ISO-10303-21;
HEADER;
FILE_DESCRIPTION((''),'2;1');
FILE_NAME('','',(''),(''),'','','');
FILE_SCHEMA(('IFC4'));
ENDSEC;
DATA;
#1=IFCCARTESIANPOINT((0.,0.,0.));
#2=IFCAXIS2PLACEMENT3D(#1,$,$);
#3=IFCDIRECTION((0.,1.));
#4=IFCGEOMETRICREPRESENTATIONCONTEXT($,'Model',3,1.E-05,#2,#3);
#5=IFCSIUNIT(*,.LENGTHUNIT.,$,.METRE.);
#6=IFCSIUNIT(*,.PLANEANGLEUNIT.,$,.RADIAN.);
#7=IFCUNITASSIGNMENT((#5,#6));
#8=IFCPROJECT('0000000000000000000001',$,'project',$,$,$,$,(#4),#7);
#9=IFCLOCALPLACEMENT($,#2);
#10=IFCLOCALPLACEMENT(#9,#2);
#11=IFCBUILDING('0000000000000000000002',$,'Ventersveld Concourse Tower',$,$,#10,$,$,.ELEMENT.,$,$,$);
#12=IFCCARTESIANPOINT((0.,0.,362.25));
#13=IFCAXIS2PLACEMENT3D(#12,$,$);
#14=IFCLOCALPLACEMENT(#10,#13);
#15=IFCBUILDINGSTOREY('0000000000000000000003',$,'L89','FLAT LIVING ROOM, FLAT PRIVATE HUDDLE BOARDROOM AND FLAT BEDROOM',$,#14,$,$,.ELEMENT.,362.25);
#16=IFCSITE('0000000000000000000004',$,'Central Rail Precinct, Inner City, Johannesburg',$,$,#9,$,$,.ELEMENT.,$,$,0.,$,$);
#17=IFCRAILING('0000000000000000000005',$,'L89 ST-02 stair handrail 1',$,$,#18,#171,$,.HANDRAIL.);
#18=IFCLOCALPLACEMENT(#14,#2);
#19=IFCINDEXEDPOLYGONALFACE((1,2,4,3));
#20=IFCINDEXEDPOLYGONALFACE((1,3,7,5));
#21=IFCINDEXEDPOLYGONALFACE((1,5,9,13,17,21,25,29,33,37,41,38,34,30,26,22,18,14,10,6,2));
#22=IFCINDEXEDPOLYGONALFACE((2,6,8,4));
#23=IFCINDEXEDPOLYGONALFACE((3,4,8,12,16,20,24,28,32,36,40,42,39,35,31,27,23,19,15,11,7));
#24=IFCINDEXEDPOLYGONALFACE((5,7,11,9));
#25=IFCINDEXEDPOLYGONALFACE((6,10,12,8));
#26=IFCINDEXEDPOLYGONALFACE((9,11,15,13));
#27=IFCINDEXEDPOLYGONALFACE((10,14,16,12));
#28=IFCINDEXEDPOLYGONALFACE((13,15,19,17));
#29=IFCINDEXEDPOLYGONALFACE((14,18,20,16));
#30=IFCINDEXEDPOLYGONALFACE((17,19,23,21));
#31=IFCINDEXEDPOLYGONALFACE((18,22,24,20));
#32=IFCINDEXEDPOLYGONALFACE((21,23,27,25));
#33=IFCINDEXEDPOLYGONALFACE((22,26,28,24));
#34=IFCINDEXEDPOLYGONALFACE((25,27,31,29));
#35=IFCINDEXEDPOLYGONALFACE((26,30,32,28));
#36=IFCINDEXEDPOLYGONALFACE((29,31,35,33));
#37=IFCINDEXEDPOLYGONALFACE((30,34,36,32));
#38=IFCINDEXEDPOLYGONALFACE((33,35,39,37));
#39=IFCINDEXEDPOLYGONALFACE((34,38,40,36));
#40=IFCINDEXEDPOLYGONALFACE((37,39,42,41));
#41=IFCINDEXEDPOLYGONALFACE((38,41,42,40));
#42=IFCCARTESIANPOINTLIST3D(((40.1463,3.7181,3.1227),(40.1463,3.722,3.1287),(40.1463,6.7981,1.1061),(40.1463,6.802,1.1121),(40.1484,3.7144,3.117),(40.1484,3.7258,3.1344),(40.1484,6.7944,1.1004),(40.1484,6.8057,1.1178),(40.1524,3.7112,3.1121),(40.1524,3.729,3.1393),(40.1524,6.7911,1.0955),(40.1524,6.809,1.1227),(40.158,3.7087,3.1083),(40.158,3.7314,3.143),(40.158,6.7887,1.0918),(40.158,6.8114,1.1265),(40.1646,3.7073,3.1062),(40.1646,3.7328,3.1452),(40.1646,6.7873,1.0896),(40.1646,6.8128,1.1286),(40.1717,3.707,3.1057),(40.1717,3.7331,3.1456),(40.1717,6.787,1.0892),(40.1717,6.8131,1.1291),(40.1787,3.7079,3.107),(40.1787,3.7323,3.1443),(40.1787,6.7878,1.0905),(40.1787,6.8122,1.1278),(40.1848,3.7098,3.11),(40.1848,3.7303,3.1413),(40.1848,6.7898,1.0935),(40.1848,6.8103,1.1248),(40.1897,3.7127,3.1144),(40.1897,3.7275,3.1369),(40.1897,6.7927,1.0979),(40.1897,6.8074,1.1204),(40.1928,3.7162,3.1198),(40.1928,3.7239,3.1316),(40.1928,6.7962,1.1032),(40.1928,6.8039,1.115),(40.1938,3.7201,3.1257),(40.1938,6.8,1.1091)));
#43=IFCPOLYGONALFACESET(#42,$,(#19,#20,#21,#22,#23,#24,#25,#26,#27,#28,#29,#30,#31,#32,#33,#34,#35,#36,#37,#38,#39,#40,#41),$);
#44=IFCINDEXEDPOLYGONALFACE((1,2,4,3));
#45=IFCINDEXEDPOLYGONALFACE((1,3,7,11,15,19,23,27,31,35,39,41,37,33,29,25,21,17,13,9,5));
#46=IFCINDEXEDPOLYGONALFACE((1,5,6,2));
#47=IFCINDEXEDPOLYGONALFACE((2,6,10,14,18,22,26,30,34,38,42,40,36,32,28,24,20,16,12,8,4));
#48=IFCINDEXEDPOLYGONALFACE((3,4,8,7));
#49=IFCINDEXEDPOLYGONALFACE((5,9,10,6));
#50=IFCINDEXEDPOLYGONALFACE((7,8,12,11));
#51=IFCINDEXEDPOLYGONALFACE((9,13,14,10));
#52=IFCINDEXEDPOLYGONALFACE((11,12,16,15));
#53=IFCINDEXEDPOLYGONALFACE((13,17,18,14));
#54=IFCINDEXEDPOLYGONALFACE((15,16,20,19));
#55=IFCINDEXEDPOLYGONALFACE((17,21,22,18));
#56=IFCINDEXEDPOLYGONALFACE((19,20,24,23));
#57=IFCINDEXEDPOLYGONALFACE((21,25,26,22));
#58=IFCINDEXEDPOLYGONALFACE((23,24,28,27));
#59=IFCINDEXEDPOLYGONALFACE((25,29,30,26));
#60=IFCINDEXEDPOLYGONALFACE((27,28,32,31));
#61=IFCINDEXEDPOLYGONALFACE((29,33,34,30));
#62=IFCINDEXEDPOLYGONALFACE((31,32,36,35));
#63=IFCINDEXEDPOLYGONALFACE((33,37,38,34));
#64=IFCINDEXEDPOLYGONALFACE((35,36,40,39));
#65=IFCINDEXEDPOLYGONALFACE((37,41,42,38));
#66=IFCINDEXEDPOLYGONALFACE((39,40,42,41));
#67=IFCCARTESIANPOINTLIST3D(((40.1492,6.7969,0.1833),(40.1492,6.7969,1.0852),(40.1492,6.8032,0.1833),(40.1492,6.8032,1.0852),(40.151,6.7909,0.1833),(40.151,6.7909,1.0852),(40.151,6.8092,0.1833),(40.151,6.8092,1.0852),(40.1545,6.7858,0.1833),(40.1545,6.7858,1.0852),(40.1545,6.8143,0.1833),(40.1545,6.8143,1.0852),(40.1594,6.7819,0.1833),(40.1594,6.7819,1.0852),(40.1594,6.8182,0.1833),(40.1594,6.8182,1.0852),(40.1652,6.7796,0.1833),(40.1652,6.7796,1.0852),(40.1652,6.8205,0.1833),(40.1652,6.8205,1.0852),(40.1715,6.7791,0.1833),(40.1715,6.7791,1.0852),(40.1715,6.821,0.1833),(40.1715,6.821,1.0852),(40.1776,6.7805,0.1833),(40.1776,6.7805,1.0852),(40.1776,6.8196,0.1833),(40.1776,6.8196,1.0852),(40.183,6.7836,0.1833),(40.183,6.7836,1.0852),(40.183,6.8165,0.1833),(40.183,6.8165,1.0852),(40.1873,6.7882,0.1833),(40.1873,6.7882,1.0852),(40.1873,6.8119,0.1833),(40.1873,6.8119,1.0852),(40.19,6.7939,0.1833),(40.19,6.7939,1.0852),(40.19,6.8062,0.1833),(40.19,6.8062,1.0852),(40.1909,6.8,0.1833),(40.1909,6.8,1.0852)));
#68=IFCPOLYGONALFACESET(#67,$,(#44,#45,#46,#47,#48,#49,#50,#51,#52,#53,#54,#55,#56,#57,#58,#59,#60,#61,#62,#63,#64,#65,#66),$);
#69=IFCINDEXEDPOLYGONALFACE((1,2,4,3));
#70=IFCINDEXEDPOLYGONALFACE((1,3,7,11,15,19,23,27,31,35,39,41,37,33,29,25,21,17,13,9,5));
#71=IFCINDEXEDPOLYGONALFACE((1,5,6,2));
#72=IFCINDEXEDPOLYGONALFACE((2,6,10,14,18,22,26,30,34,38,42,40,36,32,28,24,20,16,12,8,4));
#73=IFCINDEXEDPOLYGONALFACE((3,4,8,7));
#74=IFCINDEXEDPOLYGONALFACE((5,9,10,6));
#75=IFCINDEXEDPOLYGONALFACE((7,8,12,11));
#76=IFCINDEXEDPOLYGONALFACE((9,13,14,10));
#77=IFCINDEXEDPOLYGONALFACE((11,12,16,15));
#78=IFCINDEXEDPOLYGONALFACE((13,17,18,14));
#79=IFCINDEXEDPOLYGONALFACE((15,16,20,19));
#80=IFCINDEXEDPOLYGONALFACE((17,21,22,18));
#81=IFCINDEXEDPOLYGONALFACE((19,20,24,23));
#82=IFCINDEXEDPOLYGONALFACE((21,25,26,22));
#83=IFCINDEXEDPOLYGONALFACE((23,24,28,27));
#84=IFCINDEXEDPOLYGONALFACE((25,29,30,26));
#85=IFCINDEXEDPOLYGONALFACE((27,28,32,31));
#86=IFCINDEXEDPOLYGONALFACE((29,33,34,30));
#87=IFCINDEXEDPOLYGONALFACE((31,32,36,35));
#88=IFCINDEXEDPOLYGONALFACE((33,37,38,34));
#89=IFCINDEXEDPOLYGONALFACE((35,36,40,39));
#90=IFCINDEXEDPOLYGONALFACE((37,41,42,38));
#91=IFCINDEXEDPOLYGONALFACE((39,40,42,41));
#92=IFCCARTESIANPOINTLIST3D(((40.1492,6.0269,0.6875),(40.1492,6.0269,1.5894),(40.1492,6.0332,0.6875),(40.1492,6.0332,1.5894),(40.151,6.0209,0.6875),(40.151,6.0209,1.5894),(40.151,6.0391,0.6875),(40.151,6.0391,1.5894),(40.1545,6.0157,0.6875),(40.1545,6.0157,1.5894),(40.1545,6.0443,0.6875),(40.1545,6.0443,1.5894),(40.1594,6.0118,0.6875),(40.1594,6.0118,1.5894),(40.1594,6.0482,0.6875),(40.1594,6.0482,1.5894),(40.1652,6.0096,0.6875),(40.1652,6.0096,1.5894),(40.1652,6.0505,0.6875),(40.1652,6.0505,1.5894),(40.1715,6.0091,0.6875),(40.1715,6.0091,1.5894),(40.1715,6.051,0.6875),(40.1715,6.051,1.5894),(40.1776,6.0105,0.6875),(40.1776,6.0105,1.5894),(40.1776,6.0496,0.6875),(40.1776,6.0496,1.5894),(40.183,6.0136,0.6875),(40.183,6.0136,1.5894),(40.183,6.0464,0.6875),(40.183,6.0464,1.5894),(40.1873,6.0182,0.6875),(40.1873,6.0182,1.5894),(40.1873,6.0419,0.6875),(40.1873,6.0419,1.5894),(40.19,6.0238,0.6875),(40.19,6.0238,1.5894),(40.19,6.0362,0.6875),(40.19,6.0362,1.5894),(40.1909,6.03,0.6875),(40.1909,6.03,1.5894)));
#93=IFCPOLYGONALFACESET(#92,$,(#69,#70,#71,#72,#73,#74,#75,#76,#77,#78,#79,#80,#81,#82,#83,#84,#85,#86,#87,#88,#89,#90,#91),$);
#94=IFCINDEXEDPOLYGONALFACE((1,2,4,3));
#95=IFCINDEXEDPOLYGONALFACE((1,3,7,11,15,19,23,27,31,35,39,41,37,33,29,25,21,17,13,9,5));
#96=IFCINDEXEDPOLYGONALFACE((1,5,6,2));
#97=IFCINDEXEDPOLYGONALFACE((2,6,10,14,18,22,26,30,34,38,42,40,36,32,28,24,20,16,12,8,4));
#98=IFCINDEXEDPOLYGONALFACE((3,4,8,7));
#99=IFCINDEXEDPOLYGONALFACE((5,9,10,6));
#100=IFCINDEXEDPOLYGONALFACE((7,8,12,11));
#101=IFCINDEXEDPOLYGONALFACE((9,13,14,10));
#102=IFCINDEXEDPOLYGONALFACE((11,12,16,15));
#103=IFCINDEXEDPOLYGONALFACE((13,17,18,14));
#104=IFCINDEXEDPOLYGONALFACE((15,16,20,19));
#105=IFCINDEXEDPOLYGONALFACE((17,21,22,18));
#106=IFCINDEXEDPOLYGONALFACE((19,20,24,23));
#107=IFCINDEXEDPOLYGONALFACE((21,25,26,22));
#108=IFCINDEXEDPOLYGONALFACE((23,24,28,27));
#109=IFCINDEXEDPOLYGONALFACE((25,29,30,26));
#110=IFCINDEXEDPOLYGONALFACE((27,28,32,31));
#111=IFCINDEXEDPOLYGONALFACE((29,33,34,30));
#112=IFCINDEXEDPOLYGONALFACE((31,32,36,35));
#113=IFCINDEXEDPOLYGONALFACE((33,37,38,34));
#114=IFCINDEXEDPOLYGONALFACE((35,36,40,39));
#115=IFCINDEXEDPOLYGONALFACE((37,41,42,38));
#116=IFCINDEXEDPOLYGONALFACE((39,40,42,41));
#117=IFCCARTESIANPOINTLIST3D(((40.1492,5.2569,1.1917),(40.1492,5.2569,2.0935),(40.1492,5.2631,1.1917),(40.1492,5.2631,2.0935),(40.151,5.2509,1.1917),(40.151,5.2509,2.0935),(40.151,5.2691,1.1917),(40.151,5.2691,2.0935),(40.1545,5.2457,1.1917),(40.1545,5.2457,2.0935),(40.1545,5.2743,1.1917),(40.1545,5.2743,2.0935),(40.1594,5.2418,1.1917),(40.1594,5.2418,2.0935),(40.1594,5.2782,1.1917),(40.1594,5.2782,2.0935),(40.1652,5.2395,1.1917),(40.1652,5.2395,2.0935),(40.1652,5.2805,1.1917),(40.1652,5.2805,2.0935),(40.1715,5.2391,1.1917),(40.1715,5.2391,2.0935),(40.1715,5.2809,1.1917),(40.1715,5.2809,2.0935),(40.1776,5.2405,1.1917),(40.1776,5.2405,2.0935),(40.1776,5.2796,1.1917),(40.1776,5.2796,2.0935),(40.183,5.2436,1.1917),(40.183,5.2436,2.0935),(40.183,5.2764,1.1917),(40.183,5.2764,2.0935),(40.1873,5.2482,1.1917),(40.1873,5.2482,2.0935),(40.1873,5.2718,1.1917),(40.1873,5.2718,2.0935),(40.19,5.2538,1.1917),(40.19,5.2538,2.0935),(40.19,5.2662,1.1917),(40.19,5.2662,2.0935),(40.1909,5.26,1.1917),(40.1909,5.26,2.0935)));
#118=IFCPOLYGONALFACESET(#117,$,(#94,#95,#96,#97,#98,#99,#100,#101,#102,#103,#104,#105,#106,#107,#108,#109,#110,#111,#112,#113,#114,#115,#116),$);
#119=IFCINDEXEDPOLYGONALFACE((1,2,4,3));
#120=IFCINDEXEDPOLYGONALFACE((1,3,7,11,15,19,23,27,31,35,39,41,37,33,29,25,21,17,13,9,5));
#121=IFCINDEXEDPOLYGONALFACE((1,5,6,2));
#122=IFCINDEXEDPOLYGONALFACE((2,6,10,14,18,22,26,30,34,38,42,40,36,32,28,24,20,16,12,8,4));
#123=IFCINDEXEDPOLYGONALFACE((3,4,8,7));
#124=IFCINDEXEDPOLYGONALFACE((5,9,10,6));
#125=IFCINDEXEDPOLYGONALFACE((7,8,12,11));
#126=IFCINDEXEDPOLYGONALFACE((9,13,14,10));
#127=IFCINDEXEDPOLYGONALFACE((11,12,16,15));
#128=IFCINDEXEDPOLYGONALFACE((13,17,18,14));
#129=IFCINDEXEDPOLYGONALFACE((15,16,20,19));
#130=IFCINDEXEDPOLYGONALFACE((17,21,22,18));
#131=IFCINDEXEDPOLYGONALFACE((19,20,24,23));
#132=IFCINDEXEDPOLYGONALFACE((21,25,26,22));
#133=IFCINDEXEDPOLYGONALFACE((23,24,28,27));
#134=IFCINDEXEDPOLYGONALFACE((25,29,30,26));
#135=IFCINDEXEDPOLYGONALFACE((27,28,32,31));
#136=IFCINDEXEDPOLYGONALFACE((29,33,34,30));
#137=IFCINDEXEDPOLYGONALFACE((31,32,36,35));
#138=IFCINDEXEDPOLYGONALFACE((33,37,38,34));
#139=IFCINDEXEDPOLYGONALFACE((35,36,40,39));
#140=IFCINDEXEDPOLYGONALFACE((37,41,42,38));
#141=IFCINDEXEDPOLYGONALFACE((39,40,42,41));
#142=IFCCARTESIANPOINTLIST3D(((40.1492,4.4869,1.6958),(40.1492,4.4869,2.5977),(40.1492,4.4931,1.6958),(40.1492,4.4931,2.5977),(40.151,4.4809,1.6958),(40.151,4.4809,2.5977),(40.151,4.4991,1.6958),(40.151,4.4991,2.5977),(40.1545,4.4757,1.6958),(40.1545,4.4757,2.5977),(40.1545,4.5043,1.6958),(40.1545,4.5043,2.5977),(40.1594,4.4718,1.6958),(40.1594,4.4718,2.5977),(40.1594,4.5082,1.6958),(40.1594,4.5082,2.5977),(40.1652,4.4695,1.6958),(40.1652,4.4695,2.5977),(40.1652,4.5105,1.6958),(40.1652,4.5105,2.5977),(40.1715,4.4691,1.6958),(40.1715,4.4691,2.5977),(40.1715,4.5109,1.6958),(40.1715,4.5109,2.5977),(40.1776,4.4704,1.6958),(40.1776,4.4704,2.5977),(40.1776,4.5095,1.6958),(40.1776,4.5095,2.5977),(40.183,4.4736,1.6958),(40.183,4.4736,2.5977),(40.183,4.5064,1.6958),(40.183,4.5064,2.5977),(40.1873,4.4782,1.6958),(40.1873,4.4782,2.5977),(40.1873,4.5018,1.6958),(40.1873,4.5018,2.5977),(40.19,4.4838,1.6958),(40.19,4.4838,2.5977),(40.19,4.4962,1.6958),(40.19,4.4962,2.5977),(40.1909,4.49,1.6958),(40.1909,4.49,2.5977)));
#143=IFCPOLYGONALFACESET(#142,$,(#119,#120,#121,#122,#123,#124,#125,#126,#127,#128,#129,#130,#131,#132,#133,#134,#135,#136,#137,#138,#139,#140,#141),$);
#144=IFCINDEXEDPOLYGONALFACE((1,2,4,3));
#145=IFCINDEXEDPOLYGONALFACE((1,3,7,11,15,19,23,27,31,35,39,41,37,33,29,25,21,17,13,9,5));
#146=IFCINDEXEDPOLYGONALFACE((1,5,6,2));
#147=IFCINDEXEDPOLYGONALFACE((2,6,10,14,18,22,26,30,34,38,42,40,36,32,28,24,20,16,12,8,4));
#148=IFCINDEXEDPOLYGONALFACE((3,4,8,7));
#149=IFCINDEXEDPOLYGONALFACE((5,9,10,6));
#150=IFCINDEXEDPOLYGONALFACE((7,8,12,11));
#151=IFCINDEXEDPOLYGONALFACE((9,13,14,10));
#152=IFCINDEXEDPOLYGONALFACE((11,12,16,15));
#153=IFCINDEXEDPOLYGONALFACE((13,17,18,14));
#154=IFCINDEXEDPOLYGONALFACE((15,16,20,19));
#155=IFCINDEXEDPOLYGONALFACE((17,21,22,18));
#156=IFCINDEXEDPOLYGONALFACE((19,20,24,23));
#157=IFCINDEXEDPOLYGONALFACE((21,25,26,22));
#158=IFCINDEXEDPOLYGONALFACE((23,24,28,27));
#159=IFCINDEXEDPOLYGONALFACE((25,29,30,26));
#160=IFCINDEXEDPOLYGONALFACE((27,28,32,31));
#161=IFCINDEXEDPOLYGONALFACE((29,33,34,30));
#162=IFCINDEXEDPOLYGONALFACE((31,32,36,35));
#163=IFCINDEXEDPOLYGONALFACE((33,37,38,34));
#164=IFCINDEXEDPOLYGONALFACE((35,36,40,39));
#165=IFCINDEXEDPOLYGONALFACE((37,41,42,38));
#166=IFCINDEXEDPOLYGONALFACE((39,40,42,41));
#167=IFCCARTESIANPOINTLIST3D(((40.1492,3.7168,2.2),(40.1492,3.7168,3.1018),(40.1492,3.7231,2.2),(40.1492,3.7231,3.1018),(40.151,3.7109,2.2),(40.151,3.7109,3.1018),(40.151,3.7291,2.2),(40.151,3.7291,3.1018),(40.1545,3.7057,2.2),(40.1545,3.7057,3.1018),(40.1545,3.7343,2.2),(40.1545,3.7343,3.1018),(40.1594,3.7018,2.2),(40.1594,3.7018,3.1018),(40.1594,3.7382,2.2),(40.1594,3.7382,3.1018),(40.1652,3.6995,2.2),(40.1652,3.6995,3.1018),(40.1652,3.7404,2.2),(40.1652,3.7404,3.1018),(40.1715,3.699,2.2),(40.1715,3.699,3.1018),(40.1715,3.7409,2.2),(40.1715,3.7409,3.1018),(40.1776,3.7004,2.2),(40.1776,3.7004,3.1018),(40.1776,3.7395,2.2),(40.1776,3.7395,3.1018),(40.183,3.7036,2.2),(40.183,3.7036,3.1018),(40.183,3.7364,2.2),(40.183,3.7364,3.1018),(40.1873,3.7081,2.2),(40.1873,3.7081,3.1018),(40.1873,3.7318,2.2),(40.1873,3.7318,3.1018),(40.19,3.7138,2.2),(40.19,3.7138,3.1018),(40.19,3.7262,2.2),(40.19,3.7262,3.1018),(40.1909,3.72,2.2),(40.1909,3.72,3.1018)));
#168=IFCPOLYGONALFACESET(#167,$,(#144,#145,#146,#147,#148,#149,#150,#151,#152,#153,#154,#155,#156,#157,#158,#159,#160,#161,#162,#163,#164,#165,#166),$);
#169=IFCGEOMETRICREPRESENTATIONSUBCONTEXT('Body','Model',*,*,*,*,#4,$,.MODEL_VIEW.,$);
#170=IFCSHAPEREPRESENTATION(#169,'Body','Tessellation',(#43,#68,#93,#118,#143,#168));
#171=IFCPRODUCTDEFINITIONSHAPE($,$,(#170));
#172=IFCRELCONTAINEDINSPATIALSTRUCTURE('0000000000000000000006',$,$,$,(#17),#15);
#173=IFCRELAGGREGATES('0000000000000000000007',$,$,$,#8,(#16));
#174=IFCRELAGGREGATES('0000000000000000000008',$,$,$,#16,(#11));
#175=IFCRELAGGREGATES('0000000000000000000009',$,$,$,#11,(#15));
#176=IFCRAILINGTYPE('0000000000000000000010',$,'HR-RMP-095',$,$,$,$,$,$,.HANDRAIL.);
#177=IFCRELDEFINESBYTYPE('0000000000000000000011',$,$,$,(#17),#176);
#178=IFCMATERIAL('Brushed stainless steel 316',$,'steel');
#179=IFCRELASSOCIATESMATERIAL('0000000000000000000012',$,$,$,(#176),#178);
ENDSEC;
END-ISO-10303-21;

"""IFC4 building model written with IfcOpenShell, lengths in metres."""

from ifc_helpers import new_model, si_unit, direction, frame, origin, origin_2d, place, context, subcontext, project, spatial, circle, extrude, material, type_object, element, save


model = new_model("IFC4")

# Units and contexts
model_context = context("Model", 3, precision=1e-05, world=origin(), true_north=direction((0.0, 1.0)))
body_context = subcontext(model_context, "Body", "Model", "MODEL_VIEW")
ifc_project = project(units=[si_unit("LENGTHUNIT", "METRE"), si_unit("PLANEANGLEUNIT", "RADIAN")], contexts=[model_context])

# Site, building, storey
site_placement = place(None, origin())
site = spatial("IfcSite", under=ifc_project, at=site_placement, Name="Central Rail Precinct, Inner City, Johannesburg", CompositionType="ELEMENT", RefElevation=0.0)
building_placement = place(site_placement, origin())
building = spatial("IfcBuilding", under=site, at=building_placement, Name="Ventersveld Concourse Tower", CompositionType="ELEMENT")
storey_placement = place(building_placement, frame((0.0, 0.0, 362.25)))
storey = spatial("IfcBuildingStorey", under=building, at=storey_placement, Name="L89", Description="FLAT LIVING ROOM, FLAT PRIVATE HUDDLE BOARDROOM AND FLAT BEDROOM", CompositionType="ELEMENT", Elevation=362.25)

# Shared definitions
ifc_material_1 = material(Name="Brushed stainless steel 316", Category="steel")

# Railing
railing_type_1 = type_object("IfcRailingType", Name="HR-RMP-095", PredefinedType="HANDRAIL", material=ifc_material_1)
railing_1_placement = place(storey_placement, frame((40.1699, 6.8, 0.1833)))
element("IfcRailing", 1, at=railing_1_placement, inside=storey, type_object=railing_type_1, Name="L89 ST-02 stair handrail 1", PredefinedType="HANDRAIL", context=body_context, shape_type="SweptSolid", body=[
    extrude(circle(Radius=0.0239, at=origin_2d()), frame((0.0, 0.0, 0.9258), z_axis=(0.0, -0.836633, 0.547764), x_axis=(1.0, 0.0, 0.0)), (0.0, 0.0, 1.0), 3.6814),
    extrude(circle(Radius=0.021, at=origin_2d()), origin(), (0.0, 0.0, 1.0), 0.9019),
    extrude(circle(Radius=0.021, at=origin_2d()), frame((0.0, -0.77, 0.5042)), (0.0, 0.0, 1.0), 0.9019),
    extrude(circle(Radius=0.021, at=origin_2d()), frame((0.0, -1.54, 1.0083)), (0.0, 0.0, 1.0), 0.9019),
    extrude(circle(Radius=0.021, at=origin_2d()), frame((0.0, -2.3101, 1.5125)), (0.0, 0.0, 1.0), 0.9019),
    extrude(circle(Radius=0.021, at=origin_2d()), frame((0.0, -3.0801, 2.0166)), (0.0, 0.0, 1.0), 0.9019),
])

save(model, "model.ifc")
